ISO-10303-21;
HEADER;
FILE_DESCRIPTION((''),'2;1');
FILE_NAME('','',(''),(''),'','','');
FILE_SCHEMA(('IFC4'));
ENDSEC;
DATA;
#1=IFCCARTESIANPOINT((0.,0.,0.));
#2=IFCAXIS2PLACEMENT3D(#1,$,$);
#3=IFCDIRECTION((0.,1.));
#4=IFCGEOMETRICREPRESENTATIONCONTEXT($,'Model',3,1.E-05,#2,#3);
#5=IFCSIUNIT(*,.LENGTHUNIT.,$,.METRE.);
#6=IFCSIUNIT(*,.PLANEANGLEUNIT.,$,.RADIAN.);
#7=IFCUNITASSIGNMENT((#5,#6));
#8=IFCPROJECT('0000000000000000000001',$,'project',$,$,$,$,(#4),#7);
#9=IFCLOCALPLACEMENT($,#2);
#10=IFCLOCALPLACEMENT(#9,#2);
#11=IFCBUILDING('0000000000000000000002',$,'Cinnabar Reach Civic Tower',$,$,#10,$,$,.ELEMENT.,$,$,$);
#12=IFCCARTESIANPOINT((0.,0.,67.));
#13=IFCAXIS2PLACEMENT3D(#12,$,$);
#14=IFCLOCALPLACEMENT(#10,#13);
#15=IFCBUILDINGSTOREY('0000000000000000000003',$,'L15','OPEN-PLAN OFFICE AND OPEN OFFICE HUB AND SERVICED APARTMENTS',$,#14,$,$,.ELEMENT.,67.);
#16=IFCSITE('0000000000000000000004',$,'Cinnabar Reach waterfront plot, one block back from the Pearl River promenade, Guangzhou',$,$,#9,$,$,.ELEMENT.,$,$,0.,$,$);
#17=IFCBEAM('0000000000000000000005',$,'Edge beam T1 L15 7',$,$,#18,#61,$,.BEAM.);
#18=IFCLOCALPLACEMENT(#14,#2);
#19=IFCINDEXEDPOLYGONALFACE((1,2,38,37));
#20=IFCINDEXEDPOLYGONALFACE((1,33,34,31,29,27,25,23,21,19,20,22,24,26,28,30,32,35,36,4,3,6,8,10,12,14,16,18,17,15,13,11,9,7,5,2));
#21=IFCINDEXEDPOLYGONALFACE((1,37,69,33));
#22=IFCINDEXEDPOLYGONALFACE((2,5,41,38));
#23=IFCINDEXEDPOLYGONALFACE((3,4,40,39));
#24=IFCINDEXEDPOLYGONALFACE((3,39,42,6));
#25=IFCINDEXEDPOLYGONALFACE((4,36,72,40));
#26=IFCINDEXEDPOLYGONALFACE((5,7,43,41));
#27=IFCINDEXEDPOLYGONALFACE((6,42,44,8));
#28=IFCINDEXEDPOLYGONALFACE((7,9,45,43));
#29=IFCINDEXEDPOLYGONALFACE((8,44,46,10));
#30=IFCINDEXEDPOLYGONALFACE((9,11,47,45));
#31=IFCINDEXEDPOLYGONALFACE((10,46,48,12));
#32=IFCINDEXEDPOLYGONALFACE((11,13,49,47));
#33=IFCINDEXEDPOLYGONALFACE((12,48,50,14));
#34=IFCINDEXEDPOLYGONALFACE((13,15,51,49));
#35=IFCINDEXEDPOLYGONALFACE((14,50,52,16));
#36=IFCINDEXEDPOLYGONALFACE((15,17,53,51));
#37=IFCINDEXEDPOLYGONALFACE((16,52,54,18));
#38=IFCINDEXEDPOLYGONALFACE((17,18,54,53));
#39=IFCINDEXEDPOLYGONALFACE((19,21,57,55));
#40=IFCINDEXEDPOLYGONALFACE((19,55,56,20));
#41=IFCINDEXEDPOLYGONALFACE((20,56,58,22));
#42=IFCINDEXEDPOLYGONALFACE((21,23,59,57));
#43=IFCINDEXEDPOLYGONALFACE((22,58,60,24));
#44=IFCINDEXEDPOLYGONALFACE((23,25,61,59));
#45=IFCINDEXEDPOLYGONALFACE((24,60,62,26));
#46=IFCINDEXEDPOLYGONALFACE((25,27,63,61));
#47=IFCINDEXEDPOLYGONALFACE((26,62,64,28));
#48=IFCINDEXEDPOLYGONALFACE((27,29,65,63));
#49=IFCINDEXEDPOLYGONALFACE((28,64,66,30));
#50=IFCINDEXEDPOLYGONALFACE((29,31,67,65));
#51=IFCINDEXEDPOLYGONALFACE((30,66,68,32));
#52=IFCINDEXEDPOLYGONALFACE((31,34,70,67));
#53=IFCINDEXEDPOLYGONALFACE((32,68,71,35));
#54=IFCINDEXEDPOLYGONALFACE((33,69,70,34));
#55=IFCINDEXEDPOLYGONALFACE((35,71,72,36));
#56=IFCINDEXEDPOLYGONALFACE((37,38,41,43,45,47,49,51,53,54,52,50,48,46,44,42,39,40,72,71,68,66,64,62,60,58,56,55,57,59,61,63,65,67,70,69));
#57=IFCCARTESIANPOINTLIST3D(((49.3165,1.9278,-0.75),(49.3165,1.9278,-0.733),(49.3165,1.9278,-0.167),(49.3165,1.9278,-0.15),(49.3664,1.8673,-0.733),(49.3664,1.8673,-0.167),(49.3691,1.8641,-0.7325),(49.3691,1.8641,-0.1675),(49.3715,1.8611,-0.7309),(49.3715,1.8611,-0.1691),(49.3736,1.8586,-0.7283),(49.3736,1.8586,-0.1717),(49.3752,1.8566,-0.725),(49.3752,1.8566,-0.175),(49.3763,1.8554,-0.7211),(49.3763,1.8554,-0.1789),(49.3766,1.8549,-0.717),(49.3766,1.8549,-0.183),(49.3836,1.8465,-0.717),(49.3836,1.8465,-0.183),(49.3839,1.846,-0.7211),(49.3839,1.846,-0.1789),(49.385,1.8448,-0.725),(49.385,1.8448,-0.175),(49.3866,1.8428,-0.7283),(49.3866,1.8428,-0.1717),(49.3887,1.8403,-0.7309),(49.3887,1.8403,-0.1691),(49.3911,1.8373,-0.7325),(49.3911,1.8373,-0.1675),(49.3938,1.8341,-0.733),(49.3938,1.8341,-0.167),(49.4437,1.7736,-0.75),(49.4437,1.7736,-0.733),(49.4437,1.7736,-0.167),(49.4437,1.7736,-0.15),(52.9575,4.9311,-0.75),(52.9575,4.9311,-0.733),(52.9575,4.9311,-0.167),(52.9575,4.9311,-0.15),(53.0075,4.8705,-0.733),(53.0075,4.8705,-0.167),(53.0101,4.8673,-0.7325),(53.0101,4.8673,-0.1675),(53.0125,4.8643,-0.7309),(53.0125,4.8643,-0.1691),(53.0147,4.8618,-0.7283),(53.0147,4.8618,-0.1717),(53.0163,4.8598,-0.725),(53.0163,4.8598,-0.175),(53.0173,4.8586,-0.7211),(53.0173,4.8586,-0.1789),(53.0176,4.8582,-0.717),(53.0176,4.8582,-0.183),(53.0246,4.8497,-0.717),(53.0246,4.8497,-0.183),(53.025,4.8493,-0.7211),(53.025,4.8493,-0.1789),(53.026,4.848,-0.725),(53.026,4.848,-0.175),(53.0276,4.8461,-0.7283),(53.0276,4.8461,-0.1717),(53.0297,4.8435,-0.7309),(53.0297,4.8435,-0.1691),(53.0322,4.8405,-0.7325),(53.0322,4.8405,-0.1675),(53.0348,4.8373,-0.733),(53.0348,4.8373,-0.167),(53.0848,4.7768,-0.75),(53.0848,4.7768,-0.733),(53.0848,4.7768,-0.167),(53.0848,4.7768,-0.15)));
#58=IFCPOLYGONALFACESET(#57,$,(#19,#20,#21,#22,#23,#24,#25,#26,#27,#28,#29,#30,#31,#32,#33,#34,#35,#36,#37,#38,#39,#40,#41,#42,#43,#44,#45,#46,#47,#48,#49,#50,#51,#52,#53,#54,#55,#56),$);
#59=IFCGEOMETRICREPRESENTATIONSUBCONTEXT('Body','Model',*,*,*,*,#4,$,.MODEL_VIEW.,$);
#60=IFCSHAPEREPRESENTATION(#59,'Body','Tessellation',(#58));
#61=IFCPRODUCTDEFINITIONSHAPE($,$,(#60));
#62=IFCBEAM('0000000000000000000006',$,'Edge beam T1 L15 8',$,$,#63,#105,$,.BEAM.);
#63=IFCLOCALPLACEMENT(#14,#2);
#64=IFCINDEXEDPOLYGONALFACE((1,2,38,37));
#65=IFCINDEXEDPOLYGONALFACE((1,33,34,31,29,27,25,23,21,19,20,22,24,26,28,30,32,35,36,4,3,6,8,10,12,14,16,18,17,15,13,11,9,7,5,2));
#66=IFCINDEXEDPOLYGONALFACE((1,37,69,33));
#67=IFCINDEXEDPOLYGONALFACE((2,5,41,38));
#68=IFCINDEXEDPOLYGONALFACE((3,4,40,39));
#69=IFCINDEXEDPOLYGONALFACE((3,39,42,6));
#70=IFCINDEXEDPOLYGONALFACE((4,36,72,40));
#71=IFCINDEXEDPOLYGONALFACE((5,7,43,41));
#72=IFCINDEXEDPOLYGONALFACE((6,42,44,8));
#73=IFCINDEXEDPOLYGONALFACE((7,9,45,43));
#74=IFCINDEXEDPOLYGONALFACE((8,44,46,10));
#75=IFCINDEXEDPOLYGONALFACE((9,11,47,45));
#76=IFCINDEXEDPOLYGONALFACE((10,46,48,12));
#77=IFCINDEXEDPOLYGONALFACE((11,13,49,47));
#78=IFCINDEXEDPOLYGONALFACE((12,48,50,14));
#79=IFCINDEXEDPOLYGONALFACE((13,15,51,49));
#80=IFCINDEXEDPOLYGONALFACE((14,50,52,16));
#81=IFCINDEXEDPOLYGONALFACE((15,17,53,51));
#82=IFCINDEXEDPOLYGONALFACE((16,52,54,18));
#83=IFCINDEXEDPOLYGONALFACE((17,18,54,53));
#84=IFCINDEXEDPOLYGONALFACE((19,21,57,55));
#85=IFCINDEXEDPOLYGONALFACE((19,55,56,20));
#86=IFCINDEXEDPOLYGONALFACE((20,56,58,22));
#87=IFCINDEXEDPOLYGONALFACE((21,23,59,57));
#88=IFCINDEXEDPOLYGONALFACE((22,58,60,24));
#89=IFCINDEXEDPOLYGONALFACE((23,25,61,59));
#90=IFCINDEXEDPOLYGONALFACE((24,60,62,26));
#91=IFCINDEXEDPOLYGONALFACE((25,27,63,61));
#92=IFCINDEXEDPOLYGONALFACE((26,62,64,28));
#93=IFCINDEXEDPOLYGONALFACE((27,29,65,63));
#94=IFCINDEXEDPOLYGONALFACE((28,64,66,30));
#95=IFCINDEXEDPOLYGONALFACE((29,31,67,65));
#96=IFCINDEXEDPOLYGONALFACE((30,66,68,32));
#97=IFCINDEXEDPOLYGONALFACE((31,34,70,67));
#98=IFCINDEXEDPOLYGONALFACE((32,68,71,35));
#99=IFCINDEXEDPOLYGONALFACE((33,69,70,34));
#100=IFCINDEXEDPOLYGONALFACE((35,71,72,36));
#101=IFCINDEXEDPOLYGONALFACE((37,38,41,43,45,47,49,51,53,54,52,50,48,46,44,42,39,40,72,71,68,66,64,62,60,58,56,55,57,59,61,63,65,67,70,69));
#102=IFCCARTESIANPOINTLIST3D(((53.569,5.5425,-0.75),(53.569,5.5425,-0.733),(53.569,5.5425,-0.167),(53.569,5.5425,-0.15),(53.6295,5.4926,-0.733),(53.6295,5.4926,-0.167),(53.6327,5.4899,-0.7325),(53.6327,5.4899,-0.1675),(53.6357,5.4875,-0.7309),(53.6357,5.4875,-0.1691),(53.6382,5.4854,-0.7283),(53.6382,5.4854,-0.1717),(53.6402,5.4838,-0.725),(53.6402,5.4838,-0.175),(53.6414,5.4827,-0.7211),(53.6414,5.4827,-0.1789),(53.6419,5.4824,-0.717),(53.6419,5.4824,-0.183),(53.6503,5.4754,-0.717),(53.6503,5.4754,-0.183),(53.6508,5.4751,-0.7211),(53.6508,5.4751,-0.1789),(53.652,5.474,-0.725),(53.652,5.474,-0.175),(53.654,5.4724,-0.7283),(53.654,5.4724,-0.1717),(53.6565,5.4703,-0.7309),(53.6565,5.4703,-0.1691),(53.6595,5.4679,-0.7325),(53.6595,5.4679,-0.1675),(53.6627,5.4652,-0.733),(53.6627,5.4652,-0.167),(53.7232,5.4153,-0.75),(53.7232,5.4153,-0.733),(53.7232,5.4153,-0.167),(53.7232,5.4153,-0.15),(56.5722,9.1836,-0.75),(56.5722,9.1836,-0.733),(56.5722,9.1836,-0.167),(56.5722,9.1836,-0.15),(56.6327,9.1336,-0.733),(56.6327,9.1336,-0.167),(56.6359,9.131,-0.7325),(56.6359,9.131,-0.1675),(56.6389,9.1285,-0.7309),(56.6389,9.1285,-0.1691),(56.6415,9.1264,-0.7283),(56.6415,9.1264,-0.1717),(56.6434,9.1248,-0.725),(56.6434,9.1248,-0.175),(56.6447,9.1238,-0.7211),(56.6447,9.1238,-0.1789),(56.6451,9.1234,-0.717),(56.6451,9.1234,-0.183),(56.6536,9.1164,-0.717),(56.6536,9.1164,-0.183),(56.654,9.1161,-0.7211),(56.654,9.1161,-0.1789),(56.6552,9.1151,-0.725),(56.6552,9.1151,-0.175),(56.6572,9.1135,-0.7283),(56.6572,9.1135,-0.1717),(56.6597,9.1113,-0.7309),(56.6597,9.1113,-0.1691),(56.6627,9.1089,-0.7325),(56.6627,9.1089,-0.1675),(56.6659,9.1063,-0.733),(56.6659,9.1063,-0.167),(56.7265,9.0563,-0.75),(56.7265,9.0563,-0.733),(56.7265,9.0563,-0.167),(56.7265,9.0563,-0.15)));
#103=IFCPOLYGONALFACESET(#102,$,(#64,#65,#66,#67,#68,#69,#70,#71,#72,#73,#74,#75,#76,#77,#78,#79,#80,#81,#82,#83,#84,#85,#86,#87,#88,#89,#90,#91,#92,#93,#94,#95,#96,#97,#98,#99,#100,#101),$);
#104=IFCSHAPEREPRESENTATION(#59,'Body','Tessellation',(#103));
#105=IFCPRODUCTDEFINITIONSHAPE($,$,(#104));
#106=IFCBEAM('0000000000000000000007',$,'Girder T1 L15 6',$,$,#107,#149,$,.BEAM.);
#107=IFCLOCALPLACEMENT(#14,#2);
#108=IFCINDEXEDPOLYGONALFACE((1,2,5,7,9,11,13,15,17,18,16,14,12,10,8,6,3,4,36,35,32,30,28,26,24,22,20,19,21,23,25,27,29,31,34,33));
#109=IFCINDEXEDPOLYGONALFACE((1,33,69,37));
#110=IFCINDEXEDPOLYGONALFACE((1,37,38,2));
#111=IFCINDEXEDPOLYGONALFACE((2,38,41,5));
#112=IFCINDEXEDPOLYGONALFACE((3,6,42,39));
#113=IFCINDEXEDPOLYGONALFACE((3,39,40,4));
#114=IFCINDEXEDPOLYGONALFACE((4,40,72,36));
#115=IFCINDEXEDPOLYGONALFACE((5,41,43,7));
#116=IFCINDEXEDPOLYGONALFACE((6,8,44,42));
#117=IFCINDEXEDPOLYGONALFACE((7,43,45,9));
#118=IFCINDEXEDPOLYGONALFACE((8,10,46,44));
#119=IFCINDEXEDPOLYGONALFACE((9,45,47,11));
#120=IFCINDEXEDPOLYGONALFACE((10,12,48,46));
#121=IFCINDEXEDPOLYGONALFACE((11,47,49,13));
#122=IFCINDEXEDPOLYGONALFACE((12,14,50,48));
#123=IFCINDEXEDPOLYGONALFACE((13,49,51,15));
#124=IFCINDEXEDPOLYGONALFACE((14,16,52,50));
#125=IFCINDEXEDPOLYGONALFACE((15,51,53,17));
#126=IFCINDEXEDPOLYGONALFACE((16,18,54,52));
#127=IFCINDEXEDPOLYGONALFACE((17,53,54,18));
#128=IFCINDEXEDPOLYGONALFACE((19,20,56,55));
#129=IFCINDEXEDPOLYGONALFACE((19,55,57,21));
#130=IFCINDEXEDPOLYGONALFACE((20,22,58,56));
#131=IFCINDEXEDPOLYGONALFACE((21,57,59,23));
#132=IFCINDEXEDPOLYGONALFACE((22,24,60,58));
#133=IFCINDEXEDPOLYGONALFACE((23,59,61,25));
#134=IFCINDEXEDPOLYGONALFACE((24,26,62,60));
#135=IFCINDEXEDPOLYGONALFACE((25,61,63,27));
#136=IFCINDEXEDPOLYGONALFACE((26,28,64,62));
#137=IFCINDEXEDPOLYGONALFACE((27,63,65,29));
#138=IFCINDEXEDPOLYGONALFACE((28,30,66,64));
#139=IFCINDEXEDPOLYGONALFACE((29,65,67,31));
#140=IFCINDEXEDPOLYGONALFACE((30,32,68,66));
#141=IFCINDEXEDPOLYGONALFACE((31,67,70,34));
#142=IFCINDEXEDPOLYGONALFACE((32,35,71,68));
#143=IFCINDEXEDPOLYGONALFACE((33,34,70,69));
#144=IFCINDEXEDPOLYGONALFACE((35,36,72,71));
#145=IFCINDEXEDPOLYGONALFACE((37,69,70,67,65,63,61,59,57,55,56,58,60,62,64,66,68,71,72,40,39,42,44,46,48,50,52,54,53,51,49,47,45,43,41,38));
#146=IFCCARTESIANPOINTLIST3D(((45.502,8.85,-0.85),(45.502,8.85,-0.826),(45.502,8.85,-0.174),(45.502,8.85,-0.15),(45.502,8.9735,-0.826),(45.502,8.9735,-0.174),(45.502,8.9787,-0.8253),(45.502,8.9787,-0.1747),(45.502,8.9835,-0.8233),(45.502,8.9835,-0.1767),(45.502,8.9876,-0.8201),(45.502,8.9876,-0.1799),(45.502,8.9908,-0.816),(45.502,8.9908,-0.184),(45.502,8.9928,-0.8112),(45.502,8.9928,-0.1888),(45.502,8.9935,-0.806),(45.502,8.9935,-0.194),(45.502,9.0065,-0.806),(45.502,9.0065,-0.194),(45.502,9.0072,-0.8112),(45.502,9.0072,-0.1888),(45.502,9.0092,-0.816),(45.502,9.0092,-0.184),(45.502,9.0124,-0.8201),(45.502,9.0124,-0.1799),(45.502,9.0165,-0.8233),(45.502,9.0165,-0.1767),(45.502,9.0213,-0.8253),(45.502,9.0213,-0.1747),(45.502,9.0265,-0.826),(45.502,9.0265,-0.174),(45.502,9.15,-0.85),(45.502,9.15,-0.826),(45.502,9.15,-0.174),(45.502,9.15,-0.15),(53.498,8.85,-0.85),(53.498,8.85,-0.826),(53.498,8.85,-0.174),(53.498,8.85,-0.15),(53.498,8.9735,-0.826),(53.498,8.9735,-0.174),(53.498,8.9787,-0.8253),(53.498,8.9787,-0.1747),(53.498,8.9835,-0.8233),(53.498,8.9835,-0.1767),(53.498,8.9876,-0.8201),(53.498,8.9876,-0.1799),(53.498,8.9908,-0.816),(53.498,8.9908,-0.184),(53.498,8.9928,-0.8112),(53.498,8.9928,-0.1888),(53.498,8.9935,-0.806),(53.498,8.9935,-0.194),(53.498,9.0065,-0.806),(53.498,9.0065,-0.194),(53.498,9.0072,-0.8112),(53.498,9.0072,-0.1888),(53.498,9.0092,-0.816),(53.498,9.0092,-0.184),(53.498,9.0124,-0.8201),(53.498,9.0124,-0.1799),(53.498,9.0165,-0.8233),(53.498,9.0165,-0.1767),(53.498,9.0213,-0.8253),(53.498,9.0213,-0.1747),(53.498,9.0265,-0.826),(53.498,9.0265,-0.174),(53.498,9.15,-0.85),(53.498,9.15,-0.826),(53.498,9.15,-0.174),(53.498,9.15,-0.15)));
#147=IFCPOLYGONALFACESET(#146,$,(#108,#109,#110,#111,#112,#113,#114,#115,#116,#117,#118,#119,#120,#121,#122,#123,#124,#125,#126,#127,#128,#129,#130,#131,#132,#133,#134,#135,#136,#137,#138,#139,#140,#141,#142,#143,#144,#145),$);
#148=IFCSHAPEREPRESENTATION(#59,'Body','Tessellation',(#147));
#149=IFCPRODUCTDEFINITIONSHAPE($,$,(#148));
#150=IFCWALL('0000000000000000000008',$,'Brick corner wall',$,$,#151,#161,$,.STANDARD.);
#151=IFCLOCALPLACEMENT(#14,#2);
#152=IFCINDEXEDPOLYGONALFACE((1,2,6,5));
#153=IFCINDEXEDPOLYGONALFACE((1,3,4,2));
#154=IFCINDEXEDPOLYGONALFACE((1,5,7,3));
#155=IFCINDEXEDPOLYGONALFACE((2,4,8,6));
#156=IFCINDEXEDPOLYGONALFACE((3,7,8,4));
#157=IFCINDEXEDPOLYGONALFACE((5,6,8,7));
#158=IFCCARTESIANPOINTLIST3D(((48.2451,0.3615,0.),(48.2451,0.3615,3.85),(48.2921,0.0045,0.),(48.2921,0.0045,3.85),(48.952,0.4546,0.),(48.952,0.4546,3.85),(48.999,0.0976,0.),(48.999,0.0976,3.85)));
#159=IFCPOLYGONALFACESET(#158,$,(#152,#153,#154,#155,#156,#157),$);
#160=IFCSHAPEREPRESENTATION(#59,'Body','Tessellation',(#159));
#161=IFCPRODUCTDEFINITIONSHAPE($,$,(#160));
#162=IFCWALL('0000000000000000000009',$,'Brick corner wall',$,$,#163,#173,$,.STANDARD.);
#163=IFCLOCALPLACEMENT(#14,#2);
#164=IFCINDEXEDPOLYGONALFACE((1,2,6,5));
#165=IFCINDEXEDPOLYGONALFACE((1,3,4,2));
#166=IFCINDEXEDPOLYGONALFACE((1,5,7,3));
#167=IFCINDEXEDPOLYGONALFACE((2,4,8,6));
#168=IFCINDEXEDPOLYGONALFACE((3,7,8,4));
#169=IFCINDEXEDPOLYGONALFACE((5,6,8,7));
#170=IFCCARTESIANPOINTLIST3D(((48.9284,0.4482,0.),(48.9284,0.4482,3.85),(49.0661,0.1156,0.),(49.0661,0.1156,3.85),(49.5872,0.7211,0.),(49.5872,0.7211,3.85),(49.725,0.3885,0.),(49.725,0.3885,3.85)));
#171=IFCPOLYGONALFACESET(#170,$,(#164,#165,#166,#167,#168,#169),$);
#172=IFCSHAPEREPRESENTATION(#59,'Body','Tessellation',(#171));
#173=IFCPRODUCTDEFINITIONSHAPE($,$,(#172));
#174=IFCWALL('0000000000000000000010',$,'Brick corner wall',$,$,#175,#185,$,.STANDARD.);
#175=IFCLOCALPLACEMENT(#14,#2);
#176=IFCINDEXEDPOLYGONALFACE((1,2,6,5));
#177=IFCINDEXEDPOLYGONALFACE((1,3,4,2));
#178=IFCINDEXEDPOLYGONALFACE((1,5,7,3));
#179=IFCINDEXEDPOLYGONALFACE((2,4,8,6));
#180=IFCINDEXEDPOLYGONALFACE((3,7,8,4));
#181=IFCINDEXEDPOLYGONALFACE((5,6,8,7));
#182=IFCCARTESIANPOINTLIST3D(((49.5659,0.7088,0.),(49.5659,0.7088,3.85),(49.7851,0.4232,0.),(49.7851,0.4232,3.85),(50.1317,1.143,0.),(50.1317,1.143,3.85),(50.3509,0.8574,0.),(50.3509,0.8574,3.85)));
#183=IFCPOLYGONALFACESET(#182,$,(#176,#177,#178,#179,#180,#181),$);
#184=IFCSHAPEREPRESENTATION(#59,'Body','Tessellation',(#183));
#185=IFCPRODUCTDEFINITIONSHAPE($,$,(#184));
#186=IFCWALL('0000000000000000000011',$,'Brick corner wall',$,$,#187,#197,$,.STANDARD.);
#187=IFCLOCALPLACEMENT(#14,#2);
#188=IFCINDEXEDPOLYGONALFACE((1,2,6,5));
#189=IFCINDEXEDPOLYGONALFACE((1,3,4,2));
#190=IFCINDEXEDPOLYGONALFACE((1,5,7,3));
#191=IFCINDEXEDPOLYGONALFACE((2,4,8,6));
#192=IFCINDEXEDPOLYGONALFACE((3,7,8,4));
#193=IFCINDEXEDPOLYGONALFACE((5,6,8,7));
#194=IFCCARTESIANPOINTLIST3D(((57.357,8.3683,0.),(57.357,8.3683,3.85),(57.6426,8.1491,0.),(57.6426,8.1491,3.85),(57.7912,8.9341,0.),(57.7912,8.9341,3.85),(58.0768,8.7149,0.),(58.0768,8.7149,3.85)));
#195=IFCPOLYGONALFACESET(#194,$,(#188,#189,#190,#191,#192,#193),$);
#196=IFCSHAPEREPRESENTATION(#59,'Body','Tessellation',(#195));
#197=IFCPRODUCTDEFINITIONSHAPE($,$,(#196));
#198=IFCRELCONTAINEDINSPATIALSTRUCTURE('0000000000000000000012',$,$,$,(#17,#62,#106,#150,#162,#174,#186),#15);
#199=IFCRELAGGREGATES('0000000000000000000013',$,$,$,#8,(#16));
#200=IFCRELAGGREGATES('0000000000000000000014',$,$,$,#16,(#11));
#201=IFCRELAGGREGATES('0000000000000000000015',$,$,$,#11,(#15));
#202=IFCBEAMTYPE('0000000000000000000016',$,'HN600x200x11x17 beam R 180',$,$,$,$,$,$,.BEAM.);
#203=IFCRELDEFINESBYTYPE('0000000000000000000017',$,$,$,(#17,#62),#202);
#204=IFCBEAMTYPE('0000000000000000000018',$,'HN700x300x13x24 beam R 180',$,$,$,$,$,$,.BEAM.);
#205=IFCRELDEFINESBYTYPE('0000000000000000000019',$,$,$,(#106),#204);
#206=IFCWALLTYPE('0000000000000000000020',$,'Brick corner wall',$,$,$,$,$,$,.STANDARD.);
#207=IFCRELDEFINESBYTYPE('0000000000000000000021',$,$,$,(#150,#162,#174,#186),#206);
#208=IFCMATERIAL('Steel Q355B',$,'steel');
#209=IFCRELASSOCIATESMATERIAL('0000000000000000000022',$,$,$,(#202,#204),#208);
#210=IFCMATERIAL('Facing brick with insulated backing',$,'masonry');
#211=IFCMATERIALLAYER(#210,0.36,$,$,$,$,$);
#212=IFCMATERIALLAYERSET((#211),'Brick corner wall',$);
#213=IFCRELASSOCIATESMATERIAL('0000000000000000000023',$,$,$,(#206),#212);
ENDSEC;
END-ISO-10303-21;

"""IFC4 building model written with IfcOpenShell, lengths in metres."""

from ifc_helpers import new_model, si_unit, direction, frame, frame_2d, origin, origin_2d, place, context, subcontext, project, spatial, rectangle, i_section, extrude, material, layer, layer_set, material_profile, profile_set, type_object, element, save


model = new_model("IFC4")

# Units and contexts
model_context = context("Model", 3, precision=1e-05, world=origin(), true_north=direction((0.0, 1.0)))
body_context = subcontext(model_context, "Body", "Model", "MODEL_VIEW")
ifc_project = project(units=[si_unit("LENGTHUNIT", "METRE"), si_unit("PLANEANGLEUNIT", "RADIAN")], contexts=[model_context])

# Site, building, storey
site_placement = place(None, origin())
site = spatial("IfcSite", under=ifc_project, at=site_placement, Name="Cinnabar Reach waterfront plot, one block back from the Pearl River promenade, Guangzhou", CompositionType="ELEMENT", RefElevation=0.0)
building_placement = place(site_placement, origin())
building = spatial("IfcBuilding", under=site, at=building_placement, Name="Cinnabar Reach Civic Tower", CompositionType="ELEMENT")
storey_placement = place(building_placement, frame((0.0, 0.0, 67.0)))
storey = spatial("IfcBuildingStorey", under=building, at=storey_placement, Name="L15", Description="OPEN-PLAN OFFICE AND OPEN OFFICE HUB AND SERVICED APARTMENTS", CompositionType="ELEMENT", Elevation=67.0)

# Beams
ifc_material_1 = material(Name="Steel Q355B", Category="steel")
ifc_material_profile_1 = material_profile(ifc_material_1, i_section(OverallWidth=0.2, OverallDepth=0.6, WebThickness=0.011, FlangeThickness=0.017, FilletRadius=0.016, at=origin_2d()), Name="HN600x200x11x17")
ifc_profile_set_1 = profile_set([ifc_material_profile_1], Name="Steel Q355B")
beam_type_1 = type_object("IfcBeamType", Name="HN600x200x11x17 beam R 180", PredefinedType="BEAM", material=ifc_profile_set_1)
for number, where, z_axis, x_axis, name in (
    (1, (49.3801, 1.8507, -0.45), (0.771438, 0.636304, 0.0), (-0.636304, 0.771438, 0.0), "Edge beam T1 L15 7"),
    (2, (53.6461, 5.4789, -0.45), (0.636304, 0.771438, 0.0), (-0.771438, 0.636304, 0.0), "Edge beam T1 L15 8"),
):
    element("IfcBeam", number, at=place(storey_placement, frame(where, z_axis=z_axis, x_axis=x_axis)), inside=storey, type_object=beam_type_1, Name=name, PredefinedType="BEAM", context=body_context, shape_type="SweptSolid", body=[
        extrude(i_section(OverallWidth=0.2, OverallDepth=0.6, WebThickness=0.011, FlangeThickness=0.017, FilletRadius=0.016, at=origin_2d()), origin(), (0.0, 0.0, 1.0), 4.7198),
    ])
ifc_material_profile_2 = material_profile(ifc_material_1, i_section(OverallWidth=0.3, OverallDepth=0.7, WebThickness=0.013, FlangeThickness=0.024, FilletRadius=0.02, at=origin_2d()), Name="HN700x300x13x24")
ifc_profile_set_2 = profile_set([ifc_material_profile_2], Name="Steel Q355B")
beam_type_2 = type_object("IfcBeamType", Name="HN700x300x13x24 beam R 180", PredefinedType="BEAM", material=ifc_profile_set_2)
beam_1_placement = place(storey_placement, frame((45.502, 9.0, -0.5), z_axis=(1.0, 0.0, 0.0), x_axis=(0.0, 1.0, 0.0)))
element("IfcBeam", 3, at=beam_1_placement, inside=storey, type_object=beam_type_2, Name="Girder T1 L15 6", PredefinedType="BEAM", context=body_context, shape_type="SweptSolid", body=[
    extrude(i_section(OverallWidth=0.3, OverallDepth=0.7, WebThickness=0.013, FlangeThickness=0.024, FilletRadius=0.02, at=origin_2d()), origin(), (0.0, 0.0, 1.0), 7.996),
])

# Walls
ifc_material_2 = material(Name="Facing brick with insulated backing", Category="masonry")
ifc_layer_1 = layer(ifc_material_2, 0.36)
ifc_layer_set_1 = layer_set([ifc_layer_1], Name="Brick corner wall")
wall_type_1 = type_object("IfcWallType", Name="Brick corner wall", PredefinedType="STANDARD", material=ifc_layer_set_1)
for number, where, z_axis, x_axis, name in (
    (4, (48.2686, 0.183, 0.0), (0.0, 0.0, 1.0), (0.991441, 0.130556, 0.0), "Brick corner wall"),
    (5, (48.9973, 0.2819, 0.0), (0.0, 0.0, 1.0), (0.923872, 0.382703, 0.0), "Brick corner wall"),
):
    element("IfcWall", number, at=place(storey_placement, frame(where, z_axis=z_axis, x_axis=x_axis)), inside=storey, type_object=wall_type_1, Name=name, PredefinedType="STANDARD", context=body_context, shape_type="SweptSolid", body=[
        extrude(rectangle(XDim=0.7131, YDim=0.36, at=frame_2d((0.3565, 0.0))), origin(), (0.0, 0.0, 1.0), 3.85),
    ])
for number, where, z_axis, x_axis, name in (
    (6, (49.6755, 0.566, 0.0), (0.0, 0.0, 1.0), (0.793322, 0.608802, 0.0), "Brick corner wall"),
    (7, (57.4998, 8.2587, 0.0), (0.0, 0.0, 1.0), (0.608802, 0.793322, 0.0), "Brick corner wall"),
):
    element("IfcWall", number, at=place(storey_placement, frame(where, z_axis=z_axis, x_axis=x_axis)), inside=storey, type_object=wall_type_1, Name=name, PredefinedType="STANDARD", context=body_context, shape_type="SweptSolid", body=[
        extrude(rectangle(XDim=0.7132, YDim=0.36, at=frame_2d((0.3566, 0.0))), origin(), (0.0, 0.0, 1.0), 3.85),
    ])

save(model, "model.ifc")
